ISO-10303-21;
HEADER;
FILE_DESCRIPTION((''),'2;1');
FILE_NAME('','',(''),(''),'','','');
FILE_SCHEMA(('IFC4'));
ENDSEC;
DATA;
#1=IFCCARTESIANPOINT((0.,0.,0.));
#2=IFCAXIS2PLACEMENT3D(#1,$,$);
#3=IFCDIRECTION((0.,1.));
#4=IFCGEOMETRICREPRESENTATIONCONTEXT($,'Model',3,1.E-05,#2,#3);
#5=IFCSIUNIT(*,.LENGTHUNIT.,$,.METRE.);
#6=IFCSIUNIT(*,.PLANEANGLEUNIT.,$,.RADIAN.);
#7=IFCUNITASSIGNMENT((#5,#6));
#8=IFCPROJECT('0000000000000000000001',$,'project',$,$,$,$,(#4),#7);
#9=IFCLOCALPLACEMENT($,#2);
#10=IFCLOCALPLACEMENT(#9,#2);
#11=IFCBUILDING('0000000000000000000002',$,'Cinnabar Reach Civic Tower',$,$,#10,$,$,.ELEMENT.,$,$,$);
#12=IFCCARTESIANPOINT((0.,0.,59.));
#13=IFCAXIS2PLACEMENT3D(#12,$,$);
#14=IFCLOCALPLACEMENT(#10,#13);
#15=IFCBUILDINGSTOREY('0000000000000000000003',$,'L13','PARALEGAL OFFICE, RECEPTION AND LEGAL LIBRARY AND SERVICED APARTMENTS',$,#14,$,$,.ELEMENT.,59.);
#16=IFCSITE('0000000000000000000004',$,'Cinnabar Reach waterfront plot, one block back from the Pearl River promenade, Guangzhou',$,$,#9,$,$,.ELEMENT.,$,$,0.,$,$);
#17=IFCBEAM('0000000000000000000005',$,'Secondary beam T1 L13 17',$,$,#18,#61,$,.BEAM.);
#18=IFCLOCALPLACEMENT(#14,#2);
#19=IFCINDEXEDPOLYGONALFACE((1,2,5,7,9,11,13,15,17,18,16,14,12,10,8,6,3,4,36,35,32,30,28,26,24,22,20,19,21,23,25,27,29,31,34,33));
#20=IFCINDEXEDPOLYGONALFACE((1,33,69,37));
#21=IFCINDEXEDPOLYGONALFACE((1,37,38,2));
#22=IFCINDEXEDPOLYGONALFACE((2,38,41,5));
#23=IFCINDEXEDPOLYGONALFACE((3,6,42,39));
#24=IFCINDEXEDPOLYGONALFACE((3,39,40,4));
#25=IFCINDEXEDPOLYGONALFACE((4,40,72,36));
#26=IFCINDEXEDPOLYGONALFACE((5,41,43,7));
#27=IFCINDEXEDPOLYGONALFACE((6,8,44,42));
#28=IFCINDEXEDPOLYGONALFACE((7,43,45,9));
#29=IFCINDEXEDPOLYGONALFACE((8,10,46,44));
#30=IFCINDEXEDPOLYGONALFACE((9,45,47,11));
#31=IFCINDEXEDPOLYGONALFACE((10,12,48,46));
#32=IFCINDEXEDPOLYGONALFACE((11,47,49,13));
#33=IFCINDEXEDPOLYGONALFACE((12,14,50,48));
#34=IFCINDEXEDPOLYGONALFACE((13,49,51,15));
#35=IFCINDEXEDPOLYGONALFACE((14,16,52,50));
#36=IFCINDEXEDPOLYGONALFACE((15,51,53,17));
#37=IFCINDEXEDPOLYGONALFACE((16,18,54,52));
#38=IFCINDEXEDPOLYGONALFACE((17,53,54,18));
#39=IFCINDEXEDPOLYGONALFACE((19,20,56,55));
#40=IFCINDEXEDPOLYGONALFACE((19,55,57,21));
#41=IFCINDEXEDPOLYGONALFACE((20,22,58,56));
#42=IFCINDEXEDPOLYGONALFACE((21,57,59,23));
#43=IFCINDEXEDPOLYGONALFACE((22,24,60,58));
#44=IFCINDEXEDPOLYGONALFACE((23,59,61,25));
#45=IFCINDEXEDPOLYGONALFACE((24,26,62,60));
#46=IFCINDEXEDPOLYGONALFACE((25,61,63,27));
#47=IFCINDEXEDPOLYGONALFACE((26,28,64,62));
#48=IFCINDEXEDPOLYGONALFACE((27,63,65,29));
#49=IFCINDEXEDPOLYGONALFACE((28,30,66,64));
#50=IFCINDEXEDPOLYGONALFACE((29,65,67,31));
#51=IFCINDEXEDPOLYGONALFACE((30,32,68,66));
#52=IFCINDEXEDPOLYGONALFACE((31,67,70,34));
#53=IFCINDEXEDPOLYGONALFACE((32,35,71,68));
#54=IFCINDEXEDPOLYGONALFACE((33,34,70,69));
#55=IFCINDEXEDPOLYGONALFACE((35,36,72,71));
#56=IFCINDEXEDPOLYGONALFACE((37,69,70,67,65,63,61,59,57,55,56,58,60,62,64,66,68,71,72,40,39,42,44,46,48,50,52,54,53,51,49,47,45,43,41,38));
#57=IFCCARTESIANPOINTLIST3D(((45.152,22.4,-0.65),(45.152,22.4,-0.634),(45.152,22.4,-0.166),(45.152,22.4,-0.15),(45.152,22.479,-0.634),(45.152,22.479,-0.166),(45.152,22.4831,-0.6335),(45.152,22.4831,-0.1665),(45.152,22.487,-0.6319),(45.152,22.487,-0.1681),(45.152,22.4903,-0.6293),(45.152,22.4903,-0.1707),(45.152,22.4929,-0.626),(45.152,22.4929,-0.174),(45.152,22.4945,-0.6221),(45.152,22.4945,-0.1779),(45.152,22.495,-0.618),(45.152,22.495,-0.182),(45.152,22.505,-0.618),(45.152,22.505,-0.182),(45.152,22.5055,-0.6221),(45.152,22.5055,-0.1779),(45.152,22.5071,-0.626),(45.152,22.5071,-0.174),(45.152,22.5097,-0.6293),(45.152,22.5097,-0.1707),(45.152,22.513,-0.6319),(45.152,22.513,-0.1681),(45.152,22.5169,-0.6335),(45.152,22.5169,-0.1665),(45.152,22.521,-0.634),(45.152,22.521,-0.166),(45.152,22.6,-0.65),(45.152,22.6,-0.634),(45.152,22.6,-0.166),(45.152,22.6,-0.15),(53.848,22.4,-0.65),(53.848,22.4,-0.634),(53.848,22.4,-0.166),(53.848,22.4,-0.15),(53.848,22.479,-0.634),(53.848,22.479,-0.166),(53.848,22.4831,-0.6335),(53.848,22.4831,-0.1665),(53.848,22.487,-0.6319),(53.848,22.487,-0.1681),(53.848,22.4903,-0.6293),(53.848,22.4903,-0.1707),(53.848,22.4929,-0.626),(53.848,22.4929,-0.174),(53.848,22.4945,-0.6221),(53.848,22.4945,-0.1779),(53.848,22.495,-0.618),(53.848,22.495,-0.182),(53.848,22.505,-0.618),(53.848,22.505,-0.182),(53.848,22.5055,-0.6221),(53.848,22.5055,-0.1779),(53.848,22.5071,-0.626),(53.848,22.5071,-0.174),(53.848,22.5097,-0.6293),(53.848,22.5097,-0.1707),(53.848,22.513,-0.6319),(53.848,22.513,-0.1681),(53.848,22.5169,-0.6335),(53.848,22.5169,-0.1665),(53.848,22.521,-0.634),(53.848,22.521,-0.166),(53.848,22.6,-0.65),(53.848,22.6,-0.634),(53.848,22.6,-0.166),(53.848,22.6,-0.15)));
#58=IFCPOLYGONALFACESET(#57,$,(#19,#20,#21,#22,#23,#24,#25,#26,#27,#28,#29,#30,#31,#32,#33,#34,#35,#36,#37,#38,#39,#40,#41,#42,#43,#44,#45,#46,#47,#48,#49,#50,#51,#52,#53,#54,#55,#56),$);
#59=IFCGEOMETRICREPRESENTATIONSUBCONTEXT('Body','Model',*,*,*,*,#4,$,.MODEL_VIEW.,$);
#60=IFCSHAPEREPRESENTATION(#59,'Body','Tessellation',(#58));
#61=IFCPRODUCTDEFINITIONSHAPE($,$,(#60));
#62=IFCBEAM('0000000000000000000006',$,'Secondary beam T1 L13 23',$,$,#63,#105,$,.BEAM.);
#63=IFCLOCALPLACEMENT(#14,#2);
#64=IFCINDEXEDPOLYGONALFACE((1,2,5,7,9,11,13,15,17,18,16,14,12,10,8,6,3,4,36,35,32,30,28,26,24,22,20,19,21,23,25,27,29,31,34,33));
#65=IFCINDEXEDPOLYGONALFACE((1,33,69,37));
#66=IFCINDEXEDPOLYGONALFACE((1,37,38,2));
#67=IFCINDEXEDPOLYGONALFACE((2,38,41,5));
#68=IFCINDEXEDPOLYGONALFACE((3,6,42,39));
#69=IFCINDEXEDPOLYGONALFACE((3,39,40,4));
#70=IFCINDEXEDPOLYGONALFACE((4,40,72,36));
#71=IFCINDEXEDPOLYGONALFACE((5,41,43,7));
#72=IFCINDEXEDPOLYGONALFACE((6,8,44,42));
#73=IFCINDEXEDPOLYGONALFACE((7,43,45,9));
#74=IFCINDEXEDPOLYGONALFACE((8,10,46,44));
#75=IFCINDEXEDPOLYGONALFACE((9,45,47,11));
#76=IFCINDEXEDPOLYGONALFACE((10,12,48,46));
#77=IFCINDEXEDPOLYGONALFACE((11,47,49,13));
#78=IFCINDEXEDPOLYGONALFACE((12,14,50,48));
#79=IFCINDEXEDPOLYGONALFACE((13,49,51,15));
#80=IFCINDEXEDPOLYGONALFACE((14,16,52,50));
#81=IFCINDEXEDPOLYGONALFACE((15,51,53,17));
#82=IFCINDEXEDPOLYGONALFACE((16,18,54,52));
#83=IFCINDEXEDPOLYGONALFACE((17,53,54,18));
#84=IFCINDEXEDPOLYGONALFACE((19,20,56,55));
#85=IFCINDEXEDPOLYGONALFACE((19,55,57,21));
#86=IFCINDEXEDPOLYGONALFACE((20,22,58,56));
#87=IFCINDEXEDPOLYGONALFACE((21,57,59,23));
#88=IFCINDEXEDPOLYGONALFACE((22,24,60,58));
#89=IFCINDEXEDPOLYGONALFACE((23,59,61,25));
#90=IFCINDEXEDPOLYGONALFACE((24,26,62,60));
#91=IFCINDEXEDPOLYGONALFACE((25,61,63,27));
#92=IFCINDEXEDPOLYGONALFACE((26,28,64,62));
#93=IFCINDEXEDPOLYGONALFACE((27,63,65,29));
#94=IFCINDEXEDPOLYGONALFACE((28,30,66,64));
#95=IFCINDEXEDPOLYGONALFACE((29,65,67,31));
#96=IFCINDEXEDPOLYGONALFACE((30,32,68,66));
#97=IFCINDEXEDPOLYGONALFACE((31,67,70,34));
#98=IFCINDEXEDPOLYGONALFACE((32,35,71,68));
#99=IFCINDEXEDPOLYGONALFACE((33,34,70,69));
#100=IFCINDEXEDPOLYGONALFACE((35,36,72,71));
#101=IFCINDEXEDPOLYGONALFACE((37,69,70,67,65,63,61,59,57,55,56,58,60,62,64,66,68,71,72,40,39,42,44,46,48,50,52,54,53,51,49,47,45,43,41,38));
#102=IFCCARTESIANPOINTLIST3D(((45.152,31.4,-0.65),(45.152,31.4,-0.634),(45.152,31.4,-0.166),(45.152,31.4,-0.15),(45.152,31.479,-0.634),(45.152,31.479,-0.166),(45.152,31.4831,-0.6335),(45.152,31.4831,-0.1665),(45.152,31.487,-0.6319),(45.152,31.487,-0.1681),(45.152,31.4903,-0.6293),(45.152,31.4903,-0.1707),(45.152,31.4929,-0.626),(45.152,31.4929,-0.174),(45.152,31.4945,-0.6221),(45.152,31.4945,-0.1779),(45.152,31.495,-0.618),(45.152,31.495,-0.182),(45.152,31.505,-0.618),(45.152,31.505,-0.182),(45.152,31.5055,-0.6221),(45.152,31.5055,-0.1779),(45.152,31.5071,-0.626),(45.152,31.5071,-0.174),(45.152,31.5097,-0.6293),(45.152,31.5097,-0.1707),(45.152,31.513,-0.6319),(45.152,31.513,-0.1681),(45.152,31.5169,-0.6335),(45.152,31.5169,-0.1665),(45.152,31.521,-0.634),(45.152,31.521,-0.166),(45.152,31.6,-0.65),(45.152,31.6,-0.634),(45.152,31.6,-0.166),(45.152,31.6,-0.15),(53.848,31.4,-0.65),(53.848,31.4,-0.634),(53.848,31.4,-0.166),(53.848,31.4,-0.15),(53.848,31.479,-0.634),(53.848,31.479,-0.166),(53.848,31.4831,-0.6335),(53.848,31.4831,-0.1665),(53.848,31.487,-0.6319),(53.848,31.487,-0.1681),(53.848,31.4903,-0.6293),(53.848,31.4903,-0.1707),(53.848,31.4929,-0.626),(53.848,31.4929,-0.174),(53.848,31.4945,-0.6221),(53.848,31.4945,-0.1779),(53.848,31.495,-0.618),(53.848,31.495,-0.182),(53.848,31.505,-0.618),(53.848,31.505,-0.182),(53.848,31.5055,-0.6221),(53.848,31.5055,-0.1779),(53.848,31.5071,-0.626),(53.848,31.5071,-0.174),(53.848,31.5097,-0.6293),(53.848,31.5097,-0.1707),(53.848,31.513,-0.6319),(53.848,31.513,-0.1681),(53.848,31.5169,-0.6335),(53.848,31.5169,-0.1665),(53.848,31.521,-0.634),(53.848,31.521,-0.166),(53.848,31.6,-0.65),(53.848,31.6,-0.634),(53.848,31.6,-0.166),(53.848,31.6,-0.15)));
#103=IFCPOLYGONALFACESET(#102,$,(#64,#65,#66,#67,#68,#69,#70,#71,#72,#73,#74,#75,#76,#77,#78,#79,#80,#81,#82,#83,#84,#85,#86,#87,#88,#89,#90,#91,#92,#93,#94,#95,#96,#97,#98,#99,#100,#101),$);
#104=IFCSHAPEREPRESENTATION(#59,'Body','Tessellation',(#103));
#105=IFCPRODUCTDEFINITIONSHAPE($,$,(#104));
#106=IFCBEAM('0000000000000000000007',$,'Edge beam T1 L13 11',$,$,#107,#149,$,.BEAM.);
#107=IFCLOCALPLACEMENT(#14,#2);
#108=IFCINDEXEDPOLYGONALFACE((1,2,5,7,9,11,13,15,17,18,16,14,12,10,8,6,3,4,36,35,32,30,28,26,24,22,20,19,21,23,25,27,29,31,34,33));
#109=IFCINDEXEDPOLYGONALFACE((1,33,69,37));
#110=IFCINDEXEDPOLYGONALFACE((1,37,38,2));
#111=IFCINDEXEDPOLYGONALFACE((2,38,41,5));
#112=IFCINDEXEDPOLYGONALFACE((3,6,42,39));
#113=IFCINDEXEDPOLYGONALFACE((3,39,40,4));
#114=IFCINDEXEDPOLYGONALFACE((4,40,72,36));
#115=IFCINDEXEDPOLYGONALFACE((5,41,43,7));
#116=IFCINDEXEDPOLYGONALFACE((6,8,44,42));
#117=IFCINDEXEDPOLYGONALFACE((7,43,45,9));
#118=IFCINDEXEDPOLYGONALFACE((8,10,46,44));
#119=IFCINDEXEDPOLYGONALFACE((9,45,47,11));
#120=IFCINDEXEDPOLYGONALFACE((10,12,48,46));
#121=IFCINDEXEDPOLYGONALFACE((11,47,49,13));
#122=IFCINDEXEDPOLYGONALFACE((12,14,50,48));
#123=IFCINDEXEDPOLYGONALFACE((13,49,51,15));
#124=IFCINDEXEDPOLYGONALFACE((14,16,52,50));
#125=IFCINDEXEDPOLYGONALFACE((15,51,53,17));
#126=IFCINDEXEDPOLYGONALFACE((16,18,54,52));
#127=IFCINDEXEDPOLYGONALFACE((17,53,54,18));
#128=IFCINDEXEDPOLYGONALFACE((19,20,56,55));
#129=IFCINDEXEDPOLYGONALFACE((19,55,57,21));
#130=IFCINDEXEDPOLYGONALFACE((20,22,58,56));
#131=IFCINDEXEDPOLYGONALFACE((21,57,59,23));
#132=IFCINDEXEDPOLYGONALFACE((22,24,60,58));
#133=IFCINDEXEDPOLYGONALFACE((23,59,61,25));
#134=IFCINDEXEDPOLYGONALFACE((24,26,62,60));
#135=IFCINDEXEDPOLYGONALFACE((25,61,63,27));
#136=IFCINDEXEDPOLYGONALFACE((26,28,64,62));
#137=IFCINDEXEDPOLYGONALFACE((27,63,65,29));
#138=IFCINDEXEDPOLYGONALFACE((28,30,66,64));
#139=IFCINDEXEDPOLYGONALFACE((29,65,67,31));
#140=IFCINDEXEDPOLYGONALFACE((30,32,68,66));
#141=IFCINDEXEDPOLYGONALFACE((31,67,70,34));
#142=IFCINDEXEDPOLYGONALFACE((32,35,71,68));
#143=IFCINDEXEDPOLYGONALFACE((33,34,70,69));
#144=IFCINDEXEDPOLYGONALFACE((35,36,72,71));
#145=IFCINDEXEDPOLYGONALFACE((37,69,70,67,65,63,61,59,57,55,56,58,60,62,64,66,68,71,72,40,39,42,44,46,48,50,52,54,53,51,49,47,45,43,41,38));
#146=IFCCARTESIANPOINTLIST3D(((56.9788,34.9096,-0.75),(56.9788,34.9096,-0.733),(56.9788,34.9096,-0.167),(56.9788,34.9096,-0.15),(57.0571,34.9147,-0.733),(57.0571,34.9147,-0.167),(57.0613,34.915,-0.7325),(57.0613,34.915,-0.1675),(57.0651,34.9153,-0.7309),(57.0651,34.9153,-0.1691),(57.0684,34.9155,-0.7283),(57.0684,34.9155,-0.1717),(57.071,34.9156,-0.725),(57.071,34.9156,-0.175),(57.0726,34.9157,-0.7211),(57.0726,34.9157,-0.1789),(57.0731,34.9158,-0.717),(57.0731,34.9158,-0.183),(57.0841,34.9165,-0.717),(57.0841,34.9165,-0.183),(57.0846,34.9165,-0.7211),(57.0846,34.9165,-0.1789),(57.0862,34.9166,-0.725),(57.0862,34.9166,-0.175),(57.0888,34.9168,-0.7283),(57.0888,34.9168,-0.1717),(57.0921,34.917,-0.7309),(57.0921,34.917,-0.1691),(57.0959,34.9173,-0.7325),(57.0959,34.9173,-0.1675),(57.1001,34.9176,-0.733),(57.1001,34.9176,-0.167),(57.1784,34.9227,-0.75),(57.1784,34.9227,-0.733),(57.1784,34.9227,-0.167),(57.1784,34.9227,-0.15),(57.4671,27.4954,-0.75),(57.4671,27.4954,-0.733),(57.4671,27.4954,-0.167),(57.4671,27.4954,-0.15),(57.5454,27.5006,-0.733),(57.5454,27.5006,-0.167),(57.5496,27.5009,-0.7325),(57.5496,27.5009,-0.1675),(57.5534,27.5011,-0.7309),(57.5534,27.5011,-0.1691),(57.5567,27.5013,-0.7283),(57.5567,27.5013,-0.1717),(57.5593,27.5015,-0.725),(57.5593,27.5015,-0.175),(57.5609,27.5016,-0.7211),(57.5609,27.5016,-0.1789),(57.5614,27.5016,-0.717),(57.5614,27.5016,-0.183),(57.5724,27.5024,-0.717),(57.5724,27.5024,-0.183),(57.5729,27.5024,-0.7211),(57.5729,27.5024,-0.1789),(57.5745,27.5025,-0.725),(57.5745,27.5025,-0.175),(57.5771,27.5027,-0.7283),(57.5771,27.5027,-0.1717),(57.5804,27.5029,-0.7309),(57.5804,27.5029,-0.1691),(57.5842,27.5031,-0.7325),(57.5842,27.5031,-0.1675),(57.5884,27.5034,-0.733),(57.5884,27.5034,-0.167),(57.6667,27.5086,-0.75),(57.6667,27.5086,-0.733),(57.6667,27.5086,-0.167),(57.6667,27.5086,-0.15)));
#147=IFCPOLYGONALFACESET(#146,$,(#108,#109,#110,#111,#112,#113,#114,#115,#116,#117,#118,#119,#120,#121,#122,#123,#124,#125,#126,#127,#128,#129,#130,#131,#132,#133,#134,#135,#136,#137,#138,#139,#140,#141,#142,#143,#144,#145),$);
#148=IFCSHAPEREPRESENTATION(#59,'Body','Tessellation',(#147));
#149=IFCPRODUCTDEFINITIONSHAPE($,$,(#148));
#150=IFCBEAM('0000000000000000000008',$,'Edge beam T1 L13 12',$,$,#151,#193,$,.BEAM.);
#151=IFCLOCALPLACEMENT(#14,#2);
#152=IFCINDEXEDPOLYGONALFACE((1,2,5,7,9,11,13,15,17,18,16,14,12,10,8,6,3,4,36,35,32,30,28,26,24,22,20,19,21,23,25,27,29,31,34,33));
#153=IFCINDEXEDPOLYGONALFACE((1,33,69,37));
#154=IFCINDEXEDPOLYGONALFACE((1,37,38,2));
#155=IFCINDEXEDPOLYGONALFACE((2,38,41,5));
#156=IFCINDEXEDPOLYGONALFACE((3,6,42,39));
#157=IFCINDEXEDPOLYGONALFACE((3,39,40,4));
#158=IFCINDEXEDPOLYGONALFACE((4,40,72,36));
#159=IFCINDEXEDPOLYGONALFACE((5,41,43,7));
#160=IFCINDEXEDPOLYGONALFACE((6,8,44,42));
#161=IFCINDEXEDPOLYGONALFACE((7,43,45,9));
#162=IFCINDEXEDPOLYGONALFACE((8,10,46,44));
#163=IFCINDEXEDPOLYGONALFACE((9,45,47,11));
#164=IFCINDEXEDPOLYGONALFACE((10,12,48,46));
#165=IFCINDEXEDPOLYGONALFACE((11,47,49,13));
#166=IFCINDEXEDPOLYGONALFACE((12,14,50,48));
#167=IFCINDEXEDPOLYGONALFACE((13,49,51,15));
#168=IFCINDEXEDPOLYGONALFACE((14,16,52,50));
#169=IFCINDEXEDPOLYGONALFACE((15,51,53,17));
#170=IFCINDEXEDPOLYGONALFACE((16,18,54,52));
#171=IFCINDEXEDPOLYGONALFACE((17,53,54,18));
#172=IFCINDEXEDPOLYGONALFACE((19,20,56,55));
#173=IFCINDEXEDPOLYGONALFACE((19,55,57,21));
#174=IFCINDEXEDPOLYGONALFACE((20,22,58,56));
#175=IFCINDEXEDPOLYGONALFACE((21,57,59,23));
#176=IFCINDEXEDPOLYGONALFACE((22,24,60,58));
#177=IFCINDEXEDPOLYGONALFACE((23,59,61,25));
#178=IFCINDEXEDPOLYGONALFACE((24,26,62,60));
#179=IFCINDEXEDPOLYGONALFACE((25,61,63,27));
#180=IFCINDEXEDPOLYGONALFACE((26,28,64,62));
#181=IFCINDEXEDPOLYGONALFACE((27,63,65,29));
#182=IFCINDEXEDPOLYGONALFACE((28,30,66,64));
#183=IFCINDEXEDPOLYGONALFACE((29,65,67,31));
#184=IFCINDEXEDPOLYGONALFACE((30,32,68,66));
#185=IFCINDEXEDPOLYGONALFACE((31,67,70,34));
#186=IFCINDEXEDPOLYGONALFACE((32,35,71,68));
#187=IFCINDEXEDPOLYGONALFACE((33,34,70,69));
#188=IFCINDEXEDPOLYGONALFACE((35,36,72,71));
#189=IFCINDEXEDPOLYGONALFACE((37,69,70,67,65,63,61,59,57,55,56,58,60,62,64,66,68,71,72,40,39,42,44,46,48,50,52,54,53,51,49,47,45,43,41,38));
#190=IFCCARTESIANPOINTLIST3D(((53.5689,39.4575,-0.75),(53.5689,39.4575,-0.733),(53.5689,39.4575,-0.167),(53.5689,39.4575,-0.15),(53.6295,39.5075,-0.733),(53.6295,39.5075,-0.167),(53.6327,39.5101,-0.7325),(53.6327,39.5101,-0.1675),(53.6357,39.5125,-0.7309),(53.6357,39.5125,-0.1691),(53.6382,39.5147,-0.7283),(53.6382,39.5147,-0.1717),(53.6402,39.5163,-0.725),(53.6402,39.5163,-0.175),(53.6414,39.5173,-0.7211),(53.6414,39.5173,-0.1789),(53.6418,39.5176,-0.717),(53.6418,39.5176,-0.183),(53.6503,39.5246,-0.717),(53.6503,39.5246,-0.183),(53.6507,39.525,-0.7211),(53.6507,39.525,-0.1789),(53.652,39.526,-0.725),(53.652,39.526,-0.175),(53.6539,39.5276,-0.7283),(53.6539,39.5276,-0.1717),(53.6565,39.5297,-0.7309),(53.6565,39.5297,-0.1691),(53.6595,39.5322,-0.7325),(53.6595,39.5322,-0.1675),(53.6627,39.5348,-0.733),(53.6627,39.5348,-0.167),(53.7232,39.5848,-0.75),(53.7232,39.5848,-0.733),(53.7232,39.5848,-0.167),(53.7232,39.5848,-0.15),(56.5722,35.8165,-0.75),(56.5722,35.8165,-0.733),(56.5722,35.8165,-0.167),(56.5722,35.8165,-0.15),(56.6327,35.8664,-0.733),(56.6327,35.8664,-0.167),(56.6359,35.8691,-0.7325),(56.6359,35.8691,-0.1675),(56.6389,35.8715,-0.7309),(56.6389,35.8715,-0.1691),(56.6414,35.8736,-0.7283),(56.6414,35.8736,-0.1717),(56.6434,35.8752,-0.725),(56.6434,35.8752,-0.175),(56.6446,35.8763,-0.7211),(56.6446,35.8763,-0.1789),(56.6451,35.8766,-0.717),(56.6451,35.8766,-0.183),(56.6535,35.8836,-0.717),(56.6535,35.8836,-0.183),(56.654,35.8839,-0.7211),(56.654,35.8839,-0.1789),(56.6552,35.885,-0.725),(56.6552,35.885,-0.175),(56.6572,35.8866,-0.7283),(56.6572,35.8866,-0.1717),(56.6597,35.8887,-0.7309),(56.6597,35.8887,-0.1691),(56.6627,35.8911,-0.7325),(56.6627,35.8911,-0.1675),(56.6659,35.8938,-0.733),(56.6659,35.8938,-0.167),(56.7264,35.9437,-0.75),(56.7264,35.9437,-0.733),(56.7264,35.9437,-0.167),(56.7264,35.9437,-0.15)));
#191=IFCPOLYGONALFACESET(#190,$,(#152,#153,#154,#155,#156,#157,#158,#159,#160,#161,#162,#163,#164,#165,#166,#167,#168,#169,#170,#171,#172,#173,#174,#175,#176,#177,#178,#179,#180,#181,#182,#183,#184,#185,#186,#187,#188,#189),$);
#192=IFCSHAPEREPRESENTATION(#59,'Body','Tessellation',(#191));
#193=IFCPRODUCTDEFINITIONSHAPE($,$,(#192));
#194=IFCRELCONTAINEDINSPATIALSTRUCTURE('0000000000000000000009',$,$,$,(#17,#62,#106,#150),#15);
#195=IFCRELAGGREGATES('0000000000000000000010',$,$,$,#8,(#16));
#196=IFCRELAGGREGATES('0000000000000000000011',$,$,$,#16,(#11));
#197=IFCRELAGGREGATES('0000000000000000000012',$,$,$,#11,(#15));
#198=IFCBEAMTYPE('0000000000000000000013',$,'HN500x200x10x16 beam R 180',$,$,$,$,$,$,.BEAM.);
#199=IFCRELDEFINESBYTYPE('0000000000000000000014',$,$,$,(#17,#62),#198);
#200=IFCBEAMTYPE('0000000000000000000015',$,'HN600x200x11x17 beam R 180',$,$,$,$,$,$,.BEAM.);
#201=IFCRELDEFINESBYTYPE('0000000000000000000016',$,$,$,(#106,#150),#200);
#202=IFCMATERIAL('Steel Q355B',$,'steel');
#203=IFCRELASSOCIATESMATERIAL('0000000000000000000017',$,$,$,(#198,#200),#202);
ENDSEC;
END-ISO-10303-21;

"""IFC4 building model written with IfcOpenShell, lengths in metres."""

from ifc_helpers import new_model, si_unit, direction, frame, origin, origin_2d, place, context, subcontext, project, spatial, i_section, extrude, material, material_profile, profile_set, type_object, element, save


model = new_model("IFC4")

# Units and contexts
model_context = context("Model", 3, precision=1e-05, world=origin(), true_north=direction((0.0, 1.0)))
body_context = subcontext(model_context, "Body", "Model", "MODEL_VIEW")
ifc_project = project(units=[si_unit("LENGTHUNIT", "METRE"), si_unit("PLANEANGLEUNIT", "RADIAN")], contexts=[model_context])

# Site, building, storey
site_placement = place(None, origin())
site = spatial("IfcSite", under=ifc_project, at=site_placement, Name="Cinnabar Reach waterfront plot, one block back from the Pearl River promenade, Guangzhou", CompositionType="ELEMENT", RefElevation=0.0)
building_placement = place(site_placement, origin())
building = spatial("IfcBuilding", under=site, at=building_placement, Name="Cinnabar Reach Civic Tower", CompositionType="ELEMENT")
storey_placement = place(building_placement, frame((0.0, 0.0, 59.0)))
storey = spatial("IfcBuildingStorey", under=building, at=storey_placement, Name="L13", Description="PARALEGAL OFFICE, RECEPTION AND LEGAL LIBRARY AND SERVICED APARTMENTS", CompositionType="ELEMENT", Elevation=59.0)

# Beams
ifc_material_1 = material(Name="Steel Q355B", Category="steel")
ifc_material_profile_1 = material_profile(ifc_material_1, i_section(OverallWidth=0.2, OverallDepth=0.5, WebThickness=0.01, FlangeThickness=0.016, FilletRadius=0.016, at=origin_2d()), Name="HN500x200x10x16")
ifc_profile_set_1 = profile_set([ifc_material_profile_1], Name="Steel Q355B")
beam_type_1 = type_object("IfcBeamType", Name="HN500x200x10x16 beam R 180", PredefinedType="BEAM", material=ifc_profile_set_1)
for number, where, z_axis, x_axis, name in (
    (1, (45.152, 22.5, -0.4), (1.0, 0.0, 0.0), (0.0, 1.0, 0.0), "Secondary beam T1 L13 17"),
    (2, (45.152, 31.5, -0.4), (1.0, 0.0, 0.0), (0.0, 1.0, 0.0), "Secondary beam T1 L13 23"),
):
    element("IfcBeam", number, at=place(storey_placement, frame(where, z_axis=z_axis, x_axis=x_axis)), inside=storey, type_object=beam_type_1, Name=name, PredefinedType="BEAM", context=body_context, shape_type="SweptSolid", body=[
        extrude(i_section(OverallWidth=0.2, OverallDepth=0.5, WebThickness=0.01, FlangeThickness=0.016, FilletRadius=0.016, at=origin_2d()), origin(), (0.0, 0.0, 1.0), 8.696),
    ])
ifc_material_profile_2 = material_profile(ifc_material_1, i_section(OverallWidth=0.2, OverallDepth=0.6, WebThickness=0.011, FlangeThickness=0.017, FilletRadius=0.016, at=origin_2d()), Name="HN600x200x11x17")
ifc_profile_set_2 = profile_set([ifc_material_profile_2], Name="Steel Q355B")
beam_type_2 = type_object("IfcBeamType", Name="HN600x200x11x17 beam R 180", PredefinedType="BEAM", material=ifc_profile_set_2)
beam_1_placement = place(storey_placement, frame((57.5669, 27.502, -0.45), z_axis=(-0.065719, 0.997838, 0.0), x_axis=(-0.997838, -0.065719, 0.0)))
element("IfcBeam", 3, at=beam_1_placement, inside=storey, type_object=beam_type_2, Name="Edge beam T1 L13 11", PredefinedType="BEAM", context=body_context, shape_type="SweptSolid", body=[
    extrude(i_section(OverallWidth=0.2, OverallDepth=0.6, WebThickness=0.011, FlangeThickness=0.017, FilletRadius=0.016, at=origin_2d()), origin(), (0.0, 0.0, 1.0), 7.4302),
])
beam_2_placement = place(storey_placement, frame((56.6493, 35.8801, -0.45), z_axis=(-0.636304, 0.771438, 0.0), x_axis=(-0.771438, -0.636304, 0.0)))
element("IfcBeam", 4, at=beam_2_placement, inside=storey, type_object=beam_type_2, Name="Edge beam T1 L13 12", PredefinedType="BEAM", context=body_context, shape_type="SweptSolid", body=[
    extrude(i_section(OverallWidth=0.2, OverallDepth=0.6, WebThickness=0.011, FlangeThickness=0.017, FilletRadius=0.016, at=origin_2d()), origin(), (0.0, 0.0, 1.0), 4.7198),
])

save(model, "model.ifc")
